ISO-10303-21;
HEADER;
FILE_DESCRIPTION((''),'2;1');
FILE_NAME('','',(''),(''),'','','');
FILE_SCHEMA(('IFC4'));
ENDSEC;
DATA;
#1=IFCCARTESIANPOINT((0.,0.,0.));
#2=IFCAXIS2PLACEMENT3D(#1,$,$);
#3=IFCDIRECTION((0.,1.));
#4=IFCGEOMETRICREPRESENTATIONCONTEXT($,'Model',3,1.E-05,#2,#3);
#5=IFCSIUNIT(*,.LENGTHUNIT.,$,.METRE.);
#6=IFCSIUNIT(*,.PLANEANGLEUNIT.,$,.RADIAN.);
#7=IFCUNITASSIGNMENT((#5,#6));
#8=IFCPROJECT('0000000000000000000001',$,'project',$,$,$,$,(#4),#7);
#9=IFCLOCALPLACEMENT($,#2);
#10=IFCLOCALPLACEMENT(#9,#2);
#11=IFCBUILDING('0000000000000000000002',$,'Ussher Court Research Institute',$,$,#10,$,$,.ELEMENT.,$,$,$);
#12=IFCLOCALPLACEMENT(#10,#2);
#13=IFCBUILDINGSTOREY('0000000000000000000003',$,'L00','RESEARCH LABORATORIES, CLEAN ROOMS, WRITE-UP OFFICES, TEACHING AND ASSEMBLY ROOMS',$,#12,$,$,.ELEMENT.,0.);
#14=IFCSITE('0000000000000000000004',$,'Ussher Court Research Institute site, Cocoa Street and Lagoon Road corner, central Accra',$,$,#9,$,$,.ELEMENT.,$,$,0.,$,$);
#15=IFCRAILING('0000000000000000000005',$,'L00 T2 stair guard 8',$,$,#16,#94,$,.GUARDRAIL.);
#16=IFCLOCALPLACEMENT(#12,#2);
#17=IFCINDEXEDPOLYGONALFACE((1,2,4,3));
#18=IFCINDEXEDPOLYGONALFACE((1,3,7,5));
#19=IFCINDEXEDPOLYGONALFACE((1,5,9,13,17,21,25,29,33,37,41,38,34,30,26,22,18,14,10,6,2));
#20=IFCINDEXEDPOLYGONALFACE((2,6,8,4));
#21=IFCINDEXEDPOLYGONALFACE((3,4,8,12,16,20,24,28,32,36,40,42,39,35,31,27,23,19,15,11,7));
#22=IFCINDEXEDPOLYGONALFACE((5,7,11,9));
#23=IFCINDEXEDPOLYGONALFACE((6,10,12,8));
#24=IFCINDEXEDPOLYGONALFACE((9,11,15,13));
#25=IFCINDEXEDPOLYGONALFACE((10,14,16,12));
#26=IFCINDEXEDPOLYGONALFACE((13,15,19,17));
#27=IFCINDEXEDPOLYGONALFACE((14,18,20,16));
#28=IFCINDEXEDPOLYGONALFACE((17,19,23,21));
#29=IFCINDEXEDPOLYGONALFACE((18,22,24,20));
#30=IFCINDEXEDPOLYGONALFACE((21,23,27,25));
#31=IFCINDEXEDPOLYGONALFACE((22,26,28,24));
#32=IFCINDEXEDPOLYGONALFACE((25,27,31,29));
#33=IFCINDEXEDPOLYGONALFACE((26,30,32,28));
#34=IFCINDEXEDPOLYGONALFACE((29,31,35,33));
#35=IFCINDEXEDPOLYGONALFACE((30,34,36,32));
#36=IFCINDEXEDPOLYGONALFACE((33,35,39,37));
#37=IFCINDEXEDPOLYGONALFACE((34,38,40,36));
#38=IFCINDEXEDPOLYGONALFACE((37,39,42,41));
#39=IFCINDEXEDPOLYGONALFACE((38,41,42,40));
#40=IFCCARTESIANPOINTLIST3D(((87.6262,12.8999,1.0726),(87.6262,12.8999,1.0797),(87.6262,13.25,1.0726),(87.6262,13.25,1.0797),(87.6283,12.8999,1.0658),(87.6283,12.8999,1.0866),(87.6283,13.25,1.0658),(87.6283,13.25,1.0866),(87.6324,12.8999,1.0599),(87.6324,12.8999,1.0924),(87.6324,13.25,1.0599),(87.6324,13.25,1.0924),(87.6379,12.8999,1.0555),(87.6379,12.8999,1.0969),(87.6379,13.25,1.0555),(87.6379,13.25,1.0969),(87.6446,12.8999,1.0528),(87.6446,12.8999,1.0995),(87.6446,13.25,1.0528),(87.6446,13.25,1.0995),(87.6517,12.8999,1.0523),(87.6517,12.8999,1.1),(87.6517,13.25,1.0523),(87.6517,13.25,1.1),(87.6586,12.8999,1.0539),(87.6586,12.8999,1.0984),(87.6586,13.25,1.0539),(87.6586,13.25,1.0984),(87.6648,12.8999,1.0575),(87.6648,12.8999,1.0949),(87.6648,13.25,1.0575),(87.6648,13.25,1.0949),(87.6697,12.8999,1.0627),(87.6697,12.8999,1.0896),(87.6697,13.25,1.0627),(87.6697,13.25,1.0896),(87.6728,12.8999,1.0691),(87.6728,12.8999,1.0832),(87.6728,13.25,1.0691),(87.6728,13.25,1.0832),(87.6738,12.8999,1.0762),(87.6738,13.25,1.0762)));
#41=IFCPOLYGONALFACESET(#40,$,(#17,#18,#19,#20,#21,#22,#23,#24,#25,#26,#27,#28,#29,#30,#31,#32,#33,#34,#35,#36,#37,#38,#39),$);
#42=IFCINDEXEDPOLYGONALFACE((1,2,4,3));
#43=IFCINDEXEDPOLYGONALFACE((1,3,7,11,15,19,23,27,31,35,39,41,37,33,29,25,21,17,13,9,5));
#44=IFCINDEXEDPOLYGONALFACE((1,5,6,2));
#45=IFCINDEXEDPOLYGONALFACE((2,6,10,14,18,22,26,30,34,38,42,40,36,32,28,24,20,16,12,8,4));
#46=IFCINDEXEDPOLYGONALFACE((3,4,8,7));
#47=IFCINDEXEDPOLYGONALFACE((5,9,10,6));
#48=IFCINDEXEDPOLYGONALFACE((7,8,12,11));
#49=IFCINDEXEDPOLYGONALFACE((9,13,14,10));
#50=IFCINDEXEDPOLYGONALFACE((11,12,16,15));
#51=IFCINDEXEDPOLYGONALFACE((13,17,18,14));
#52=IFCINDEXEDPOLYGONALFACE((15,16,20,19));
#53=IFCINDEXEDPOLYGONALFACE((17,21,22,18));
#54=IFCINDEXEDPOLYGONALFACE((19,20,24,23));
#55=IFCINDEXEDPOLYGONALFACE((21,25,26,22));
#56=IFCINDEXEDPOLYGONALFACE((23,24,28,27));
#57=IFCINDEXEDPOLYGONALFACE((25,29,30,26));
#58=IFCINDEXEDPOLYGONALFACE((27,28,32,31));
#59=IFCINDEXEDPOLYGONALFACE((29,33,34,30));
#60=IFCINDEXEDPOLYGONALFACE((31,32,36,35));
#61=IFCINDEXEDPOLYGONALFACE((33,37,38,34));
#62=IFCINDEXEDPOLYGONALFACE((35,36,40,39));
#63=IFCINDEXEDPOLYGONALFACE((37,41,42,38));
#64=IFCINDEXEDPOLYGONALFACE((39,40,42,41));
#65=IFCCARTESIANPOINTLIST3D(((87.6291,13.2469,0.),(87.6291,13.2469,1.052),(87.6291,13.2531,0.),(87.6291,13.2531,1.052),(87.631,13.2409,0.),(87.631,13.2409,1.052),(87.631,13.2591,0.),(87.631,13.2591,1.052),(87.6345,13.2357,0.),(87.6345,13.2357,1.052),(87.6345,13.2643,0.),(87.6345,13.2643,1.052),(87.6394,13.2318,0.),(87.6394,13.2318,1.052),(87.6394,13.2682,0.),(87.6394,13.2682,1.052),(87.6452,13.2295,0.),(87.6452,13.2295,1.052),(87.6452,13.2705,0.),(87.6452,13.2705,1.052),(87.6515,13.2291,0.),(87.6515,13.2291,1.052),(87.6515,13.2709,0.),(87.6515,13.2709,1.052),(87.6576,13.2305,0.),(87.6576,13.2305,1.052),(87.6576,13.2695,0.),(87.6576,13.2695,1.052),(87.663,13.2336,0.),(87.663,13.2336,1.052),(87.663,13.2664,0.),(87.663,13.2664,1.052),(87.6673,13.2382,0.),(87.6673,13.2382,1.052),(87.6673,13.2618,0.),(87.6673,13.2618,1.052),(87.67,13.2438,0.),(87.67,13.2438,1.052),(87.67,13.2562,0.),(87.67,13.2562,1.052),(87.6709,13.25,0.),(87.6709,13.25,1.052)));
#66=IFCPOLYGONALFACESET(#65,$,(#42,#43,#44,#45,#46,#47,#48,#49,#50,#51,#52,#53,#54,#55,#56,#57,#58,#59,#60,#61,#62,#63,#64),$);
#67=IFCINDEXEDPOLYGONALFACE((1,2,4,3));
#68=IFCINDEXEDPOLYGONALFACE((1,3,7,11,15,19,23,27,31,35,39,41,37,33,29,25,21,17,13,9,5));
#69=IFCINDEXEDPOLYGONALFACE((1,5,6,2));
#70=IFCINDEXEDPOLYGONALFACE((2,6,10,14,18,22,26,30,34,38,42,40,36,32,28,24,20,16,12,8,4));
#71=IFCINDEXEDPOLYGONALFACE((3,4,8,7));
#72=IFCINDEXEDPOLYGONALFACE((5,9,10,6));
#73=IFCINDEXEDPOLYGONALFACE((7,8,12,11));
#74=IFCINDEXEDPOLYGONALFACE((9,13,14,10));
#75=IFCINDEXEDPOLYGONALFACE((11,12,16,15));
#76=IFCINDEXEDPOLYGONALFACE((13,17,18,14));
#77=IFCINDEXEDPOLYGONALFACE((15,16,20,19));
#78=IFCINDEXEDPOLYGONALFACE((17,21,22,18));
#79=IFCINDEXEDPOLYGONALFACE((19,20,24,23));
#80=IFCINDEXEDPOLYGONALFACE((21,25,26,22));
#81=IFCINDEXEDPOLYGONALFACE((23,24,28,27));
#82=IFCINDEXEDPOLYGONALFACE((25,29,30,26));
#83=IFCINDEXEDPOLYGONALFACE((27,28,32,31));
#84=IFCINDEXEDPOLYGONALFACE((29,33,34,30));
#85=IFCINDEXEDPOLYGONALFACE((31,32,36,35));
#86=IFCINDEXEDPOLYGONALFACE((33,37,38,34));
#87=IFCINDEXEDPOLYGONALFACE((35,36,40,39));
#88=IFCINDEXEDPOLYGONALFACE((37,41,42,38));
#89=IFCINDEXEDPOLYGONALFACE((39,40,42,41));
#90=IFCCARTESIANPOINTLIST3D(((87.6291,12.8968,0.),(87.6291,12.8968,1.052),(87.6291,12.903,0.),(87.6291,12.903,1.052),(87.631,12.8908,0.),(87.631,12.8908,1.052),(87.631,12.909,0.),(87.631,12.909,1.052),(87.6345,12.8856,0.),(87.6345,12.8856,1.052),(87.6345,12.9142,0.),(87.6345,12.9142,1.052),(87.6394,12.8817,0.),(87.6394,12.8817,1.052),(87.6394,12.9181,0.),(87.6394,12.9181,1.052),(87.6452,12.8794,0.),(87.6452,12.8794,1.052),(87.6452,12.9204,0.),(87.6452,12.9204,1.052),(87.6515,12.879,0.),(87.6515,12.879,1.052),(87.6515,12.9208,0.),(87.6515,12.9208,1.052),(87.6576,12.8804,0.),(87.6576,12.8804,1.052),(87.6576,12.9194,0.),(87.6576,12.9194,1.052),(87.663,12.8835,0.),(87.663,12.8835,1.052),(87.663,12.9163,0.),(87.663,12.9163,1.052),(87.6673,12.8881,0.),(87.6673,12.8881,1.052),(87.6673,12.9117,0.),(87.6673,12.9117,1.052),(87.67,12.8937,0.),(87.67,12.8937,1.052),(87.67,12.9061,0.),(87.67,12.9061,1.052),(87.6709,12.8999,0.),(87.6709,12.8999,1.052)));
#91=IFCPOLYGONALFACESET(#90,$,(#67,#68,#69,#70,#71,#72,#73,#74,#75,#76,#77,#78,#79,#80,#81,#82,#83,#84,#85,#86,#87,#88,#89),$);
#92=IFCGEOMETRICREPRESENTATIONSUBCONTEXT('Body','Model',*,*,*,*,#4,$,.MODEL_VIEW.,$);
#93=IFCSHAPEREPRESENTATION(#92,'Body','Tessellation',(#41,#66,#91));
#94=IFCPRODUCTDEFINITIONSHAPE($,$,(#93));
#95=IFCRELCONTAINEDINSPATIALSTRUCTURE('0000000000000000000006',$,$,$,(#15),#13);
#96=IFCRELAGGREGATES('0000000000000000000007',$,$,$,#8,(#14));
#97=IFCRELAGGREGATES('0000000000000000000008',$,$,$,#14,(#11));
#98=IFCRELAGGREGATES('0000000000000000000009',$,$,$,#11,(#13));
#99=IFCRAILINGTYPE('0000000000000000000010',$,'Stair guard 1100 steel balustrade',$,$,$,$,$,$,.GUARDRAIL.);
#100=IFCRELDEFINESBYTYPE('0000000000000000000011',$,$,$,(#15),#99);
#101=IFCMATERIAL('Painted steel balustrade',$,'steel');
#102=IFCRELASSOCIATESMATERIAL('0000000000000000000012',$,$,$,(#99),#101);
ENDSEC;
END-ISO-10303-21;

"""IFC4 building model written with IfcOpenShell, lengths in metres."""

from ifc_helpers import new_model, si_unit, direction, frame, origin, origin_2d, place, context, subcontext, project, spatial, circle, extrude, material, type_object, element, save


model = new_model("IFC4")

# Units and contexts
model_context = context("Model", 3, precision=1e-05, world=origin(), true_north=direction((0.0, 1.0)))
body_context = subcontext(model_context, "Body", "Model", "MODEL_VIEW")
ifc_project = project(units=[si_unit("LENGTHUNIT", "METRE"), si_unit("PLANEANGLEUNIT", "RADIAN")], contexts=[model_context])

# Site, building, storey
site_placement = place(None, origin())
site = spatial("IfcSite", under=ifc_project, at=site_placement, Name="Ussher Court Research Institute site, Cocoa Street and Lagoon Road corner, central Accra", CompositionType="ELEMENT", RefElevation=0.0)
building_placement = place(site_placement, origin())
building = spatial("IfcBuilding", under=site, at=building_placement, Name="Ussher Court Research Institute", CompositionType="ELEMENT")
storey_placement = place(building_placement, origin())
storey = spatial("IfcBuildingStorey", under=building, at=storey_placement, Name="L00", Description="RESEARCH LABORATORIES, CLEAN ROOMS, WRITE-UP OFFICES, TEACHING AND ASSEMBLY ROOMS", CompositionType="ELEMENT", Elevation=0.0)

# Railing
ifc_material_1 = material(Name="Painted steel balustrade", Category="steel")
railing_type = type_object("IfcRailingType", Name="Stair guard 1100 steel balustrade", PredefinedType="GUARDRAIL", material=ifc_material_1)
railing_1_placement = place(storey_placement, frame((87.6499, 13.25, 0.0)))
element("IfcRailing", 1, at=railing_1_placement, inside=storey, type_object=railing_type, Name="L00 T2 stair guard 8", PredefinedType="GUARDRAIL", context=body_context, shape_type="SweptSolid", body=[
    extrude(circle(Radius=0.0239, at=origin_2d()), frame((0.0, 0.0, 1.0762), z_axis=(0.0, -1.0, 0.0), x_axis=(1.0, 0.0, 0.0)), (0.0, 0.0, 1.0), 0.3501),
    extrude(circle(Radius=0.021, at=origin_2d()), origin(), (0.0, 0.0, 1.0), 1.052),
    extrude(circle(Radius=0.021, at=origin_2d()), frame((0.0, -0.3501, 0.0)), (0.0, 0.0, 1.0), 1.052),
])

save(model, "model.ifc")
